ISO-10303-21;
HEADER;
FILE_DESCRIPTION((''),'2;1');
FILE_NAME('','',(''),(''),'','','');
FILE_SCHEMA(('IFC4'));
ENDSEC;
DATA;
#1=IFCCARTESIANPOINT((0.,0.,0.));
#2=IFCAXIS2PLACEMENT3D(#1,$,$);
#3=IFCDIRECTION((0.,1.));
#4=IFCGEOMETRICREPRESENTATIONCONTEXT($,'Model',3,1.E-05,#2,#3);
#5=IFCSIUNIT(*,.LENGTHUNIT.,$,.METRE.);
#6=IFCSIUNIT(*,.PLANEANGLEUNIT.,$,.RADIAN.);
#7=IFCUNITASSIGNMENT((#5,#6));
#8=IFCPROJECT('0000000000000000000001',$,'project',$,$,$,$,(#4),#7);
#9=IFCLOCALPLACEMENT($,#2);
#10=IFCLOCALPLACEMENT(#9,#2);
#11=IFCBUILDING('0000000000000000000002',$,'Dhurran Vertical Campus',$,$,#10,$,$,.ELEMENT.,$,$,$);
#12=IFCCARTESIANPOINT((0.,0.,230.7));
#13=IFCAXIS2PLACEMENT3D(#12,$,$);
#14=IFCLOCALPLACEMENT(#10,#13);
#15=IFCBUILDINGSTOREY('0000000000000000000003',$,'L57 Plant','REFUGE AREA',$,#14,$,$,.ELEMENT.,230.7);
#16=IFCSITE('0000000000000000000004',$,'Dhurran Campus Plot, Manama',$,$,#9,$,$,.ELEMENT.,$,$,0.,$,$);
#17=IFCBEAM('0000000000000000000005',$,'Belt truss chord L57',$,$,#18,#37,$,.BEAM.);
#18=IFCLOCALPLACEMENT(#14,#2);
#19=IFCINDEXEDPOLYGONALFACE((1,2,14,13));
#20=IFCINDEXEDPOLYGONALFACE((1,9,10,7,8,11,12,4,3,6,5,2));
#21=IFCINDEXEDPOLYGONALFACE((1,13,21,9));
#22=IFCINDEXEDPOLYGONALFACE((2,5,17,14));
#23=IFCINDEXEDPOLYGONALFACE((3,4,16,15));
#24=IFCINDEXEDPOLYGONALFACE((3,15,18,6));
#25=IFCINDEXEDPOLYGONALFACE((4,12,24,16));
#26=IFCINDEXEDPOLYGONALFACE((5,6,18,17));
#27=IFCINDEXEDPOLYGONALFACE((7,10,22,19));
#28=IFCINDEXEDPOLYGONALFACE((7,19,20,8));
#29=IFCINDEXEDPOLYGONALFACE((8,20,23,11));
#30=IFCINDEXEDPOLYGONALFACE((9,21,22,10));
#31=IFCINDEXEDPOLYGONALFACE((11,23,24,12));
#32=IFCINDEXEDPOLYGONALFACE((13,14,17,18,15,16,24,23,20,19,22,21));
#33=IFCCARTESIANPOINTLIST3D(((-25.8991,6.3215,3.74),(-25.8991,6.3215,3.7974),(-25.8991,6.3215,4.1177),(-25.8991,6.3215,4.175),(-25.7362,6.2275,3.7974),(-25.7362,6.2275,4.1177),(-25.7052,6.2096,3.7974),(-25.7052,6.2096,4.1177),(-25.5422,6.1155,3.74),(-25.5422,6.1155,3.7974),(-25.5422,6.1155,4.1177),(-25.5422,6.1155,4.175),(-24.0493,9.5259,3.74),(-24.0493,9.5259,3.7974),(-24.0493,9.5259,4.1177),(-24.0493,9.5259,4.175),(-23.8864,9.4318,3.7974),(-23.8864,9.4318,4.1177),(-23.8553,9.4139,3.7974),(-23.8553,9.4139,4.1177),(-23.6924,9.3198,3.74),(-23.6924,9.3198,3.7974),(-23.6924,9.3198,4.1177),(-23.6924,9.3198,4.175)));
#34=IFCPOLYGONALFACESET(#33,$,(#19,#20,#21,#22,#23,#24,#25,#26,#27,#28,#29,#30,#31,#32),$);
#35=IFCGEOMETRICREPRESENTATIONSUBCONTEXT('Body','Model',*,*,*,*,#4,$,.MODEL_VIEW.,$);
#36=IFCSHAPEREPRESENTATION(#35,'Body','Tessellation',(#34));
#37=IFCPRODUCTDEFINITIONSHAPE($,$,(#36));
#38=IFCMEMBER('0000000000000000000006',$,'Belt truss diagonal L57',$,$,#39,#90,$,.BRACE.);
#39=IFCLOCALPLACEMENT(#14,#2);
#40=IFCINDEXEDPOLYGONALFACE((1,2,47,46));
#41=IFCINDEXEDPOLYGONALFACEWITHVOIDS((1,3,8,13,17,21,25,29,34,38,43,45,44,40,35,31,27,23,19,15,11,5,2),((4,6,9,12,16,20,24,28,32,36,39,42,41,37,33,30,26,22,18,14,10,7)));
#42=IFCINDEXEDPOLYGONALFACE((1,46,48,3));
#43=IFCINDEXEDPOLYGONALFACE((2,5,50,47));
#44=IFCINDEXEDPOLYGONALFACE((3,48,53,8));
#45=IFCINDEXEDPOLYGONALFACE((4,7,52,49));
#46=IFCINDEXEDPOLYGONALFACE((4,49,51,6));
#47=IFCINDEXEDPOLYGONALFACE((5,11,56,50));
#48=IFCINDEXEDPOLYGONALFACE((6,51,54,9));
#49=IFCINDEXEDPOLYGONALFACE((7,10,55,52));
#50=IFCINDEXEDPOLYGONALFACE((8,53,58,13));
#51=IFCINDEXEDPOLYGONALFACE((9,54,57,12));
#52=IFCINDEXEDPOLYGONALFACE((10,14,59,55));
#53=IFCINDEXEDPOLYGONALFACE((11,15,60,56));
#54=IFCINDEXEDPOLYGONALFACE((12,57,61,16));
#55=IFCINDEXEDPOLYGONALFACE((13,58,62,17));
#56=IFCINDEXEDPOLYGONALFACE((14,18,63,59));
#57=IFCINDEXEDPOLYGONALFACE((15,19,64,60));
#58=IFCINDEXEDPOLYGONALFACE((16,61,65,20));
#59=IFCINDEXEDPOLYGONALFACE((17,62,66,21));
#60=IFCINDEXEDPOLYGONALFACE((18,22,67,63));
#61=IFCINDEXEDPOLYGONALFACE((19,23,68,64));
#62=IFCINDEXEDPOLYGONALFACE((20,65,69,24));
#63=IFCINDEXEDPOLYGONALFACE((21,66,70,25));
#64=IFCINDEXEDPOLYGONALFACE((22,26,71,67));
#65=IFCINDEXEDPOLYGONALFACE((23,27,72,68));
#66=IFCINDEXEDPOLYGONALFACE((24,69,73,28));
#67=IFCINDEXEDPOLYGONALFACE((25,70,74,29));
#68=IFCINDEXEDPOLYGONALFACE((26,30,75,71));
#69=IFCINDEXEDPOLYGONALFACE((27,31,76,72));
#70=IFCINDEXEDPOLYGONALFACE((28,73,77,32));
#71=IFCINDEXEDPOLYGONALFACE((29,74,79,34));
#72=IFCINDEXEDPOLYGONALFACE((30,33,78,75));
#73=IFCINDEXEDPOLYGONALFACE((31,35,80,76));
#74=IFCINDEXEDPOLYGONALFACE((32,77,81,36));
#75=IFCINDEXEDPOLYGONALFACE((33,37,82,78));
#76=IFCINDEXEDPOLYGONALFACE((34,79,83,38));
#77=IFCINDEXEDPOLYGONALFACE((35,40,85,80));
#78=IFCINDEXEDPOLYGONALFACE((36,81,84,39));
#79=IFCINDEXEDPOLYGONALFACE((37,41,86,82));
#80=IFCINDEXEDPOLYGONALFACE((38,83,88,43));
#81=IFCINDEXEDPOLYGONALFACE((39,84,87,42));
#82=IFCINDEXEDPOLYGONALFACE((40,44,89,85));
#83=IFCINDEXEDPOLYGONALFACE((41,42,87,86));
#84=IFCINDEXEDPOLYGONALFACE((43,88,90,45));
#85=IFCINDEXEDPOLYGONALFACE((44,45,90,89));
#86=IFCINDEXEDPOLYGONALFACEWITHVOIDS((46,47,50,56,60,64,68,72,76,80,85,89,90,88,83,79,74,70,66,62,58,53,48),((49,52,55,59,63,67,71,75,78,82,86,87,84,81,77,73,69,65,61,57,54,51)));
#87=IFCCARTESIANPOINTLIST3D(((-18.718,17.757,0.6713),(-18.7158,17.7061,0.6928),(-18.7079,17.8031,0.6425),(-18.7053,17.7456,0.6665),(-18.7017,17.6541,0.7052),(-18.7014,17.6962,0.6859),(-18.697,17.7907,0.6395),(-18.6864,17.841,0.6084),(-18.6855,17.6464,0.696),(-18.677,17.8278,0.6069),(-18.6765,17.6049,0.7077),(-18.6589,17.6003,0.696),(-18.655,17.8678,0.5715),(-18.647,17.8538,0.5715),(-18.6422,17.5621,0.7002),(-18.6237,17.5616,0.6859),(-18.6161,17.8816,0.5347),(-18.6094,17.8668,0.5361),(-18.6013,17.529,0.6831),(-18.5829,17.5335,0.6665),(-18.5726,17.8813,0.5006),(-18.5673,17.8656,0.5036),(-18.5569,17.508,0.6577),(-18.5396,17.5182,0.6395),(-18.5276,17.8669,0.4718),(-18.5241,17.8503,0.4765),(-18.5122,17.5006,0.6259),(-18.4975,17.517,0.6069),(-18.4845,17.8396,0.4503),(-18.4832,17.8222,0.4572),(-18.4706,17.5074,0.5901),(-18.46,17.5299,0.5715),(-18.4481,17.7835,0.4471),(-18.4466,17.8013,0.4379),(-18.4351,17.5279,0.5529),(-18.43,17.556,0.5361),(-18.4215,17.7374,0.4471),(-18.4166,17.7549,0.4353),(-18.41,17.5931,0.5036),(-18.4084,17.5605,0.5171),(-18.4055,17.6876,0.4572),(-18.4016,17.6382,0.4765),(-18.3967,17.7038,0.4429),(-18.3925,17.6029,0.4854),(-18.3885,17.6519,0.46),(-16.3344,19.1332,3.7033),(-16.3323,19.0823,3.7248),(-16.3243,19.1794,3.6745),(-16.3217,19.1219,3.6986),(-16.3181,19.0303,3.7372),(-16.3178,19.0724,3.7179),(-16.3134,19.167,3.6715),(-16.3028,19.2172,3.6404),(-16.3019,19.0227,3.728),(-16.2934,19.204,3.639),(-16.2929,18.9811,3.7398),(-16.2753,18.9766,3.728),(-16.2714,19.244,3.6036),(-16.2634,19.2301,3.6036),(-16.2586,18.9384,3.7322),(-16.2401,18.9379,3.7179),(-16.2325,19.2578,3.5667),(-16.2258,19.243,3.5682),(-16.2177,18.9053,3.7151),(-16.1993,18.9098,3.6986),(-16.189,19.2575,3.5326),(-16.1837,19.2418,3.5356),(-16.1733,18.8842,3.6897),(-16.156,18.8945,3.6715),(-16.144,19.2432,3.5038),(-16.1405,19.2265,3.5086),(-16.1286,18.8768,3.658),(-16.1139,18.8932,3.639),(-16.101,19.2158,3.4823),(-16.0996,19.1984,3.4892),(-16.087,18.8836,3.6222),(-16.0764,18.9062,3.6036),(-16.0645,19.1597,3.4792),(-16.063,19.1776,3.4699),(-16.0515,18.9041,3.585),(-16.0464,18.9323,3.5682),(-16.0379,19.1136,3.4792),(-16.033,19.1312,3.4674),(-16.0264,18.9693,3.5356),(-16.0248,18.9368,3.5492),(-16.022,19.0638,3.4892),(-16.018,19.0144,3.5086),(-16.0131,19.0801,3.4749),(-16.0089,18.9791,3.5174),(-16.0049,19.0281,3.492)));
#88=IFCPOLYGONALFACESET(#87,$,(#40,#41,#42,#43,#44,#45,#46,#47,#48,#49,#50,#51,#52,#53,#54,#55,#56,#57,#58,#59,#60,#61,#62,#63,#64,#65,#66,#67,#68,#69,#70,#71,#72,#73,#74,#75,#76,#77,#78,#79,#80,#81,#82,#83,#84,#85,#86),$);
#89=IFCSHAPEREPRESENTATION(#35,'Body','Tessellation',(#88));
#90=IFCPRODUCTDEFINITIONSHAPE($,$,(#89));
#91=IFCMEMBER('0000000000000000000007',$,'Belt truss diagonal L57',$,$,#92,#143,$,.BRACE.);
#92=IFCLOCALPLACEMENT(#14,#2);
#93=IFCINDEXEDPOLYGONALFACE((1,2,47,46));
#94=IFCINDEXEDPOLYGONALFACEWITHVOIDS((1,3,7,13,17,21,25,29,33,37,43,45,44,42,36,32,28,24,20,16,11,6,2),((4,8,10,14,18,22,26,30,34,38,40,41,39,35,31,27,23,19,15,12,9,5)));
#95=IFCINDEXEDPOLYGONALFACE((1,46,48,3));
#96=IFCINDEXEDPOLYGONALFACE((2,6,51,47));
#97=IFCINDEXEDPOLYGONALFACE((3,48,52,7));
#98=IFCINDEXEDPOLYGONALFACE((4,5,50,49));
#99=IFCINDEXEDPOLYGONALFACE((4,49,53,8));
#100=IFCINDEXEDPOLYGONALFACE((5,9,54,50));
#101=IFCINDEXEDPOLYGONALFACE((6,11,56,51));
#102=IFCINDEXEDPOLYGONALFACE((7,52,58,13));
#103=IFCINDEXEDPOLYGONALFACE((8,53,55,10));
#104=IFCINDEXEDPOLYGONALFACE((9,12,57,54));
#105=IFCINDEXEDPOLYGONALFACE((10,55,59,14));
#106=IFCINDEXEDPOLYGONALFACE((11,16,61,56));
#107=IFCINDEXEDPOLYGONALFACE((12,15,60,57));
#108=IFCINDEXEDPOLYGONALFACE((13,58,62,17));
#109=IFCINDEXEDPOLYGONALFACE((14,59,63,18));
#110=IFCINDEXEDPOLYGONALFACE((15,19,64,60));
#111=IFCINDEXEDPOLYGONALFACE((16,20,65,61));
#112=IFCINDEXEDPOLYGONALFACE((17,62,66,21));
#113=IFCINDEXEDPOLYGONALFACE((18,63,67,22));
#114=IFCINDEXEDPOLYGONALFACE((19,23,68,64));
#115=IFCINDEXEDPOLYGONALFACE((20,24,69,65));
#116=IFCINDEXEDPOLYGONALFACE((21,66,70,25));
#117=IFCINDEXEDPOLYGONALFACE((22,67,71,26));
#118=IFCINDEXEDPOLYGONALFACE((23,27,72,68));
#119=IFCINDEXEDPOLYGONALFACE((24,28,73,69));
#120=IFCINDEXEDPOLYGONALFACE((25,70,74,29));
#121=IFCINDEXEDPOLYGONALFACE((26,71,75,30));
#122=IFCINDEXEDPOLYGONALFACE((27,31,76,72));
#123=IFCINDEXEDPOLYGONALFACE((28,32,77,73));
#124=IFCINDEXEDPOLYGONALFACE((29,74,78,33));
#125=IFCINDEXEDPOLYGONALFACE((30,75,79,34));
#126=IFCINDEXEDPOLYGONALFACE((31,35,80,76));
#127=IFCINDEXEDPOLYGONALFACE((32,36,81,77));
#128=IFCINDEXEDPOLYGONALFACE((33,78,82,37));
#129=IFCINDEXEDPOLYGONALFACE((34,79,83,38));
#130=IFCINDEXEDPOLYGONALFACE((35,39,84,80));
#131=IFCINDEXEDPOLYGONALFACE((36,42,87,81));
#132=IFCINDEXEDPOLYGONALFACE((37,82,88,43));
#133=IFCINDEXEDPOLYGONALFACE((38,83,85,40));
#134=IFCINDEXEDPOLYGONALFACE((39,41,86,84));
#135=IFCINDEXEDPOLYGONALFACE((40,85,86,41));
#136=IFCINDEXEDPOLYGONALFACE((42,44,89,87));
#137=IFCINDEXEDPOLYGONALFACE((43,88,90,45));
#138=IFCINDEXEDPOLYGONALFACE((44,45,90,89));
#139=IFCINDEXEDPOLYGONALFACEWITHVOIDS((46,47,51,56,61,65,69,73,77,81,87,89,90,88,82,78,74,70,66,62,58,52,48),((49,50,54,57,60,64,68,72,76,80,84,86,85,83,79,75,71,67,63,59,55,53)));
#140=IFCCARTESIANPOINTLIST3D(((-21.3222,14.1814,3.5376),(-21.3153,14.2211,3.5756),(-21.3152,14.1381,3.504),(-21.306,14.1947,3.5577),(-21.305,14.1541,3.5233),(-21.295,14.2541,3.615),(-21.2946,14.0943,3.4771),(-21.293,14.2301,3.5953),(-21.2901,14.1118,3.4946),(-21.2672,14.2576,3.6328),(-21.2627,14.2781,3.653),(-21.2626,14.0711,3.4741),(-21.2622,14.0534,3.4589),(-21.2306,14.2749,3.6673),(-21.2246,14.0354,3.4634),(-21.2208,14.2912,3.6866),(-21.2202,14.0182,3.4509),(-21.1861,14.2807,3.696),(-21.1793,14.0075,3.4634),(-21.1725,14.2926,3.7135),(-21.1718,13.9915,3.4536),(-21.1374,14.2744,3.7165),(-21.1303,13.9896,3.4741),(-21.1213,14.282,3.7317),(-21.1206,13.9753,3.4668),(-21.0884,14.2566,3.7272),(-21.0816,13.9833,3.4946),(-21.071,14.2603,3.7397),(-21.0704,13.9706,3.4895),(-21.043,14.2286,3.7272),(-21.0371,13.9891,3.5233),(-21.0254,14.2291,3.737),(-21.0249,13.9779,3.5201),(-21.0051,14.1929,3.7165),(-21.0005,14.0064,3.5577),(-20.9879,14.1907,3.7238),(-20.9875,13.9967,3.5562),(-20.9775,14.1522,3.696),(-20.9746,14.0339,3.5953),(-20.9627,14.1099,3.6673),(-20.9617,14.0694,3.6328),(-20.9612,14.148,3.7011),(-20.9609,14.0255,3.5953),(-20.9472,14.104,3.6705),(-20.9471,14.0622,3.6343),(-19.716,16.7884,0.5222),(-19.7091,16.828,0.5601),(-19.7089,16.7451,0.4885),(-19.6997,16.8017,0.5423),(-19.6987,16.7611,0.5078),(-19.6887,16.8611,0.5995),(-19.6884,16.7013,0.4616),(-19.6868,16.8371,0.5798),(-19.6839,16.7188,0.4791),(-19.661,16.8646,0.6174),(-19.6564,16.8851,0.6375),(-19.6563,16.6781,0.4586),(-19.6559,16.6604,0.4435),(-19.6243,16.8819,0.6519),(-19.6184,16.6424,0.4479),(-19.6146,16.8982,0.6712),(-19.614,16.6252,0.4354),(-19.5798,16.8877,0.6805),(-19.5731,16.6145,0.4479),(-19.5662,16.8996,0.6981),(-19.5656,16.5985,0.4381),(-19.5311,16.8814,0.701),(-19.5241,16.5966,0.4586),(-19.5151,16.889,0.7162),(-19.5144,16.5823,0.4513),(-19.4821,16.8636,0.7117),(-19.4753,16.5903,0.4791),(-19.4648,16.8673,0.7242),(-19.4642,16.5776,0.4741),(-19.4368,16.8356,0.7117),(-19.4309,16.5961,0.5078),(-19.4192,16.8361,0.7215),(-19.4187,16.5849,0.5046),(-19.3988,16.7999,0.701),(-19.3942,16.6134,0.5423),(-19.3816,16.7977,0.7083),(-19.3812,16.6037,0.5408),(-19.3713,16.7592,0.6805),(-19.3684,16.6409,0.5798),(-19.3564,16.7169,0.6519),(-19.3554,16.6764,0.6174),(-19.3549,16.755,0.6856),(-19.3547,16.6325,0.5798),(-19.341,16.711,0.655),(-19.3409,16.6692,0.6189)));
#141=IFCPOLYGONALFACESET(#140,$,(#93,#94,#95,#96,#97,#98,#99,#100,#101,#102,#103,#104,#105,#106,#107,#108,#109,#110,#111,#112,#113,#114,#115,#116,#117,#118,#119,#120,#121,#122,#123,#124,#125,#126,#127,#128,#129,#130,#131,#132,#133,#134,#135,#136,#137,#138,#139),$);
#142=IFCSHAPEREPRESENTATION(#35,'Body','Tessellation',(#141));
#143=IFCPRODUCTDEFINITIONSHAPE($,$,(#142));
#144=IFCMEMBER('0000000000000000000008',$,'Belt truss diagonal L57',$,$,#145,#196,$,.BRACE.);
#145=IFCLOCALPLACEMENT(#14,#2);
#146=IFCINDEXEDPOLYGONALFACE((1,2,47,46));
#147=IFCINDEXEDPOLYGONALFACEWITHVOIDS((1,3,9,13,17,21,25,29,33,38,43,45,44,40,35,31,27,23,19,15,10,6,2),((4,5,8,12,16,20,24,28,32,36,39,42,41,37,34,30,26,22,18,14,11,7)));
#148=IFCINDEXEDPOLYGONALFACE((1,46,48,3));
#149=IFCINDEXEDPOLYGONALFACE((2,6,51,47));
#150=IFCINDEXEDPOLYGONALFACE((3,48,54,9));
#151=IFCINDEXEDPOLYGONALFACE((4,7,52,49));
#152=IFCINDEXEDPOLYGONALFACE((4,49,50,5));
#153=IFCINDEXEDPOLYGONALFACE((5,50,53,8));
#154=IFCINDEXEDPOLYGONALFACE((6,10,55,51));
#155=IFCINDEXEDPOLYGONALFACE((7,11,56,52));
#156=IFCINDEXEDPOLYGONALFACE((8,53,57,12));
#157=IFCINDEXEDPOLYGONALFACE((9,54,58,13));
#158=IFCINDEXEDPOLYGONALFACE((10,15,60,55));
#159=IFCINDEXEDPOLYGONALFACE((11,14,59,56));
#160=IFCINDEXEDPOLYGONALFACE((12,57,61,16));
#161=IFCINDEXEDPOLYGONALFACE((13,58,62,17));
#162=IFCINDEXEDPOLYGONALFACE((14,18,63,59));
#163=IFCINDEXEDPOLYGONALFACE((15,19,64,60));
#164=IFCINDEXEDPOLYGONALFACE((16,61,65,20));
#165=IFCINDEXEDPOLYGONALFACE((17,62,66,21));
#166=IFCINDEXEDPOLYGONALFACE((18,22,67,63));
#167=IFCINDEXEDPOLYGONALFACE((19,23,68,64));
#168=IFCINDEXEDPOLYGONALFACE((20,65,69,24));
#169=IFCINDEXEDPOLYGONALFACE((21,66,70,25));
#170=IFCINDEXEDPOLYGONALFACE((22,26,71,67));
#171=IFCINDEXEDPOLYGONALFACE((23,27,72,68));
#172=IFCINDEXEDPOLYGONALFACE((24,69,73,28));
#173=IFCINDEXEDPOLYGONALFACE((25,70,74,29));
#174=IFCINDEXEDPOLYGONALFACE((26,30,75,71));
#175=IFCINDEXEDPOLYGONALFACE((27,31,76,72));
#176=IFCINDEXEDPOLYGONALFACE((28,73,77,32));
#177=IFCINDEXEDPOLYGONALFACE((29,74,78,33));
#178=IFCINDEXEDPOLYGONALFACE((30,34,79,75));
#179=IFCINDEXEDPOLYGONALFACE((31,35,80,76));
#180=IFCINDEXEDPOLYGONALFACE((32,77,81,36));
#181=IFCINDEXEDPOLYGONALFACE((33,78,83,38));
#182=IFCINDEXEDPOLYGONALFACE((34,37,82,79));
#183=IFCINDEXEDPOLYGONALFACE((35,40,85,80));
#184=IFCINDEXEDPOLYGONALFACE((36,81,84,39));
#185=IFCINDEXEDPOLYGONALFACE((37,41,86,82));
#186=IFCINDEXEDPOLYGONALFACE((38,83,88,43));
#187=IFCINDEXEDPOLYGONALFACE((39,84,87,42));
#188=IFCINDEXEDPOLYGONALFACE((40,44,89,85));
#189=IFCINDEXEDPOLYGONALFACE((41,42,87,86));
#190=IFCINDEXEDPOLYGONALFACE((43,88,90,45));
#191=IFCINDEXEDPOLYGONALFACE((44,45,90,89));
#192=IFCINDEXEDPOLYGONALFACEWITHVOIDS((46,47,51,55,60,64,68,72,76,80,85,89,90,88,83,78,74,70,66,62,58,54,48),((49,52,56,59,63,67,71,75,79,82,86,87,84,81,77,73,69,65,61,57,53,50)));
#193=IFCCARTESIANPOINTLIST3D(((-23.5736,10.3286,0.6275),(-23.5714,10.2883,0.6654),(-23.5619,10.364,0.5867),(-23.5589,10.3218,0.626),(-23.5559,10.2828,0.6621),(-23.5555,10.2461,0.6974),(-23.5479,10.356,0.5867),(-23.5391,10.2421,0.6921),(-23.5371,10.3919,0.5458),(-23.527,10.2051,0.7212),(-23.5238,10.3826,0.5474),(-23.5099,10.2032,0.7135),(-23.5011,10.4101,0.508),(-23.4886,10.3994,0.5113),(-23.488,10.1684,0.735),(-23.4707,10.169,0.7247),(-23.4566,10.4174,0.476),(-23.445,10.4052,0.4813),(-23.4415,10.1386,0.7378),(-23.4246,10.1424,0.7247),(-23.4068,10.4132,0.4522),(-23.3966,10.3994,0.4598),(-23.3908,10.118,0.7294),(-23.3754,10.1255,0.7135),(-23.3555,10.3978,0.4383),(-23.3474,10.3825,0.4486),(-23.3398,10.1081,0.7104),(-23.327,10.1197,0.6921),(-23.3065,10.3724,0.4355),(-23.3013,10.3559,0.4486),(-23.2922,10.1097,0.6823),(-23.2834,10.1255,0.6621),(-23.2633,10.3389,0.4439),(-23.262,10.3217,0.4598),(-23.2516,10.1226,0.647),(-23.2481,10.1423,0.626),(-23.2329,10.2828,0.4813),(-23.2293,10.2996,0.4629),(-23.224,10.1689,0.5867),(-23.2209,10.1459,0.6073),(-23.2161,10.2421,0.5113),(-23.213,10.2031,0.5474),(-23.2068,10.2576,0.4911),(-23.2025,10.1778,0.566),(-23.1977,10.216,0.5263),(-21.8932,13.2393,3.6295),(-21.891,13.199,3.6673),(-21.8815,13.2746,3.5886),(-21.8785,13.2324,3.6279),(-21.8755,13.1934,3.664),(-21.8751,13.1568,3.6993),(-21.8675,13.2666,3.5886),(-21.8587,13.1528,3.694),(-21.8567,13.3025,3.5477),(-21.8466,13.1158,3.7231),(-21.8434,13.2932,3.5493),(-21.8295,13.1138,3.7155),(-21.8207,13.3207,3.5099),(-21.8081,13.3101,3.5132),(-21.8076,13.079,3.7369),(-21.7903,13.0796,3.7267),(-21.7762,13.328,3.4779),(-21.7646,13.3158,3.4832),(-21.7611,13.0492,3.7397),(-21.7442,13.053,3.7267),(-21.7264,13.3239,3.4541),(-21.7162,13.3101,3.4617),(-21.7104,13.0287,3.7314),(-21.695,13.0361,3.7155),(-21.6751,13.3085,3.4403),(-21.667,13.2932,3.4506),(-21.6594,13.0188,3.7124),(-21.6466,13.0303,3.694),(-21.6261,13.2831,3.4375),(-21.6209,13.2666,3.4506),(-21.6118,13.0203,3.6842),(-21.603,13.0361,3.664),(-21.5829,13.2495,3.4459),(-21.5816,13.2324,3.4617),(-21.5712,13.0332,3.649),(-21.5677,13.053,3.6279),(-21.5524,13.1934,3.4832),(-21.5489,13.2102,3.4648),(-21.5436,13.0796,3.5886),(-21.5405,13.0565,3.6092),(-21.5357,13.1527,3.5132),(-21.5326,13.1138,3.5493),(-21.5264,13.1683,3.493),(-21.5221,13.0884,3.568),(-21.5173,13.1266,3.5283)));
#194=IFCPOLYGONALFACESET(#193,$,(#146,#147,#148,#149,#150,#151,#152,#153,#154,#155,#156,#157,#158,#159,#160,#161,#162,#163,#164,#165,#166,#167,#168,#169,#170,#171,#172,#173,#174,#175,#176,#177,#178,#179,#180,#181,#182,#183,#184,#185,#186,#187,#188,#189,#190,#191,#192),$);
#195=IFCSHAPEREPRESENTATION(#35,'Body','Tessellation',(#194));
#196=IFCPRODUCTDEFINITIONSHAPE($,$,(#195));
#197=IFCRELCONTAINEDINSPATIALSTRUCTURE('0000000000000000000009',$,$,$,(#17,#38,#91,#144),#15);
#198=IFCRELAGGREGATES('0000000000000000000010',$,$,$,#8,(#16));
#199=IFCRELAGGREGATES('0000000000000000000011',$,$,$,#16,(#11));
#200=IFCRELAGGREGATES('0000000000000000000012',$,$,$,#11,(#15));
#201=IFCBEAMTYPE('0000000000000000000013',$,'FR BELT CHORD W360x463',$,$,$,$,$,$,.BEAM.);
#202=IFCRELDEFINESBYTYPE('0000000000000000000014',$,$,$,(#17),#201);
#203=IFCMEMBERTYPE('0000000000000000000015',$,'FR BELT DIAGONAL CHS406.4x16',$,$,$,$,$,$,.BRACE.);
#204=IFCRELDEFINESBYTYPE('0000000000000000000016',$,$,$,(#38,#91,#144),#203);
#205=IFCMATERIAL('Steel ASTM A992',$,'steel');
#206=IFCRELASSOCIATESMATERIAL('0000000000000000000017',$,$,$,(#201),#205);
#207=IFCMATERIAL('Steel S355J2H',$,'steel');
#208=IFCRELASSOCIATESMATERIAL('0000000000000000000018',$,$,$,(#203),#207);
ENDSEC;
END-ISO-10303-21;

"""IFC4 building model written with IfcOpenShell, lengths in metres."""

from ifc_helpers import new_model, si_unit, direction, frame, origin, origin_2d, place, context, subcontext, project, spatial, hollow_circle, i_section, extrude, material, material_profile, profile_set, type_object, element, save


model = new_model("IFC4")

# Units and contexts
model_context = context("Model", 3, precision=1e-05, world=origin(), true_north=direction((0.0, 1.0)))
body_context = subcontext(model_context, "Body", "Model", "MODEL_VIEW")
ifc_project = project(units=[si_unit("LENGTHUNIT", "METRE"), si_unit("PLANEANGLEUNIT", "RADIAN")], contexts=[model_context])

# Site, building, storey
site_placement = place(None, origin())
site = spatial("IfcSite", under=ifc_project, at=site_placement, Name="Dhurran Campus Plot, Manama", CompositionType="ELEMENT", RefElevation=0.0)
building_placement = place(site_placement, origin())
building = spatial("IfcBuilding", under=site, at=building_placement, Name="Dhurran Vertical Campus", CompositionType="ELEMENT")
storey_placement = place(building_placement, frame((0.0, 0.0, 230.7)))
storey = spatial("IfcBuildingStorey", under=building, at=storey_placement, Name="L57 Plant", Description="REFUGE AREA", CompositionType="ELEMENT", Elevation=230.7)

# Beam
ifc_material_1 = material(Name="Steel ASTM A992", Category="steel")
ifc_material_profile_1 = material_profile(ifc_material_1, i_section(OverallWidth=0.4121, OverallDepth=0.4351, WebThickness=0.0359, FlangeThickness=0.0574, at=origin_2d()), Name="W360x463")
ifc_profile_set_1 = profile_set([ifc_material_profile_1], Name="Steel ASTM A992")
beam_type = type_object("IfcBeamType", Name="FR BELT CHORD W360x463", PredefinedType="BEAM", material=ifc_profile_set_1)
for number, where, z_axis, x_axis, name in (
    (1, (-23.8708, 9.4229, 3.9575), (-0.499964, -0.866046, 0.0), (0.866046, -0.499964, 0.0), "Belt truss chord L57"),
):
    element("IfcBeam", number, at=place(storey_placement, frame(where, z_axis=z_axis, x_axis=x_axis)), inside=storey, type_object=beam_type, Name=name, PredefinedType="BEAM", context=body_context, shape_type="SweptSolid", body=[
        extrude(i_section(OverallWidth=0.4121, OverallDepth=0.4351, WebThickness=0.0359, FlangeThickness=0.0574, at=origin_2d()), origin(), (0.0, 0.0, 1.0), 3.7),
    ])

# Members
ifc_material_2 = material(Name="Steel S355J2H", Category="steel")
ifc_material_profile_2 = material_profile(ifc_material_2, hollow_circle(Radius=0.2031, WallThickness=0.0161, at=origin_2d()), Name="CHS406.4x16")
ifc_profile_set_2 = profile_set([ifc_material_profile_2], Name="Steel S355J2H")
member_type = type_object("IfcMemberType", Name="FR BELT DIAGONAL CHS406.4x16", PredefinedType="BRACE", material=ifc_profile_set_2)
member_1_placement = place(storey_placement, frame((-18.5535, 17.6919, 0.5715), z_axis=(0.582077, 0.336082, 0.740429), x_axis=(-0.500022, 0.866013, 0.0)))
element("IfcMember", 2, at=member_1_placement, inside=storey, type_object=member_type, Name="Belt truss diagonal L57", PredefinedType="BRACE", context=body_context, shape_type="SweptSolid", body=[
    extrude(hollow_circle(Radius=0.2031, WallThickness=0.0161, at=origin_2d()), origin(), (0.0, 0.0, 1.0), 4.095),
])
member_2_placement = place(storey_placement, frame((-19.5276, 16.739, 0.5798), z_axis=(-0.373752, -0.606616, 0.701659), x_axis=(0.851376, -0.524556, 0.0)))
element("IfcMember", 3, at=member_2_placement, inside=storey, type_object=member_type, Name="Belt truss diagonal L57", PredefinedType="BRACE", context=body_context, shape_type="SweptSolid", body=[
    extrude(hollow_circle(Radius=0.2031, WallThickness=0.0161, at=origin_2d()), origin(), (0.0, 0.0, 1.0), 4.2976),
])
member_3_placement = place(storey_placement, frame((-23.386, 10.2625, 0.5867), z_axis=(0.372899, 0.645895, 0.666157), x_axis=(-0.866031, 0.499991, 0.0)))
element("IfcMember", 4, at=member_3_placement, inside=storey, type_object=member_type, Name="Belt truss diagonal L57", PredefinedType="BRACE", context=body_context, shape_type="SweptSolid", body=[
    extrude(hollow_circle(Radius=0.2031, WallThickness=0.0161, at=origin_2d()), origin(), (0.0, 0.0, 1.0), 4.5063),
])

save(model, "model.ifc")
